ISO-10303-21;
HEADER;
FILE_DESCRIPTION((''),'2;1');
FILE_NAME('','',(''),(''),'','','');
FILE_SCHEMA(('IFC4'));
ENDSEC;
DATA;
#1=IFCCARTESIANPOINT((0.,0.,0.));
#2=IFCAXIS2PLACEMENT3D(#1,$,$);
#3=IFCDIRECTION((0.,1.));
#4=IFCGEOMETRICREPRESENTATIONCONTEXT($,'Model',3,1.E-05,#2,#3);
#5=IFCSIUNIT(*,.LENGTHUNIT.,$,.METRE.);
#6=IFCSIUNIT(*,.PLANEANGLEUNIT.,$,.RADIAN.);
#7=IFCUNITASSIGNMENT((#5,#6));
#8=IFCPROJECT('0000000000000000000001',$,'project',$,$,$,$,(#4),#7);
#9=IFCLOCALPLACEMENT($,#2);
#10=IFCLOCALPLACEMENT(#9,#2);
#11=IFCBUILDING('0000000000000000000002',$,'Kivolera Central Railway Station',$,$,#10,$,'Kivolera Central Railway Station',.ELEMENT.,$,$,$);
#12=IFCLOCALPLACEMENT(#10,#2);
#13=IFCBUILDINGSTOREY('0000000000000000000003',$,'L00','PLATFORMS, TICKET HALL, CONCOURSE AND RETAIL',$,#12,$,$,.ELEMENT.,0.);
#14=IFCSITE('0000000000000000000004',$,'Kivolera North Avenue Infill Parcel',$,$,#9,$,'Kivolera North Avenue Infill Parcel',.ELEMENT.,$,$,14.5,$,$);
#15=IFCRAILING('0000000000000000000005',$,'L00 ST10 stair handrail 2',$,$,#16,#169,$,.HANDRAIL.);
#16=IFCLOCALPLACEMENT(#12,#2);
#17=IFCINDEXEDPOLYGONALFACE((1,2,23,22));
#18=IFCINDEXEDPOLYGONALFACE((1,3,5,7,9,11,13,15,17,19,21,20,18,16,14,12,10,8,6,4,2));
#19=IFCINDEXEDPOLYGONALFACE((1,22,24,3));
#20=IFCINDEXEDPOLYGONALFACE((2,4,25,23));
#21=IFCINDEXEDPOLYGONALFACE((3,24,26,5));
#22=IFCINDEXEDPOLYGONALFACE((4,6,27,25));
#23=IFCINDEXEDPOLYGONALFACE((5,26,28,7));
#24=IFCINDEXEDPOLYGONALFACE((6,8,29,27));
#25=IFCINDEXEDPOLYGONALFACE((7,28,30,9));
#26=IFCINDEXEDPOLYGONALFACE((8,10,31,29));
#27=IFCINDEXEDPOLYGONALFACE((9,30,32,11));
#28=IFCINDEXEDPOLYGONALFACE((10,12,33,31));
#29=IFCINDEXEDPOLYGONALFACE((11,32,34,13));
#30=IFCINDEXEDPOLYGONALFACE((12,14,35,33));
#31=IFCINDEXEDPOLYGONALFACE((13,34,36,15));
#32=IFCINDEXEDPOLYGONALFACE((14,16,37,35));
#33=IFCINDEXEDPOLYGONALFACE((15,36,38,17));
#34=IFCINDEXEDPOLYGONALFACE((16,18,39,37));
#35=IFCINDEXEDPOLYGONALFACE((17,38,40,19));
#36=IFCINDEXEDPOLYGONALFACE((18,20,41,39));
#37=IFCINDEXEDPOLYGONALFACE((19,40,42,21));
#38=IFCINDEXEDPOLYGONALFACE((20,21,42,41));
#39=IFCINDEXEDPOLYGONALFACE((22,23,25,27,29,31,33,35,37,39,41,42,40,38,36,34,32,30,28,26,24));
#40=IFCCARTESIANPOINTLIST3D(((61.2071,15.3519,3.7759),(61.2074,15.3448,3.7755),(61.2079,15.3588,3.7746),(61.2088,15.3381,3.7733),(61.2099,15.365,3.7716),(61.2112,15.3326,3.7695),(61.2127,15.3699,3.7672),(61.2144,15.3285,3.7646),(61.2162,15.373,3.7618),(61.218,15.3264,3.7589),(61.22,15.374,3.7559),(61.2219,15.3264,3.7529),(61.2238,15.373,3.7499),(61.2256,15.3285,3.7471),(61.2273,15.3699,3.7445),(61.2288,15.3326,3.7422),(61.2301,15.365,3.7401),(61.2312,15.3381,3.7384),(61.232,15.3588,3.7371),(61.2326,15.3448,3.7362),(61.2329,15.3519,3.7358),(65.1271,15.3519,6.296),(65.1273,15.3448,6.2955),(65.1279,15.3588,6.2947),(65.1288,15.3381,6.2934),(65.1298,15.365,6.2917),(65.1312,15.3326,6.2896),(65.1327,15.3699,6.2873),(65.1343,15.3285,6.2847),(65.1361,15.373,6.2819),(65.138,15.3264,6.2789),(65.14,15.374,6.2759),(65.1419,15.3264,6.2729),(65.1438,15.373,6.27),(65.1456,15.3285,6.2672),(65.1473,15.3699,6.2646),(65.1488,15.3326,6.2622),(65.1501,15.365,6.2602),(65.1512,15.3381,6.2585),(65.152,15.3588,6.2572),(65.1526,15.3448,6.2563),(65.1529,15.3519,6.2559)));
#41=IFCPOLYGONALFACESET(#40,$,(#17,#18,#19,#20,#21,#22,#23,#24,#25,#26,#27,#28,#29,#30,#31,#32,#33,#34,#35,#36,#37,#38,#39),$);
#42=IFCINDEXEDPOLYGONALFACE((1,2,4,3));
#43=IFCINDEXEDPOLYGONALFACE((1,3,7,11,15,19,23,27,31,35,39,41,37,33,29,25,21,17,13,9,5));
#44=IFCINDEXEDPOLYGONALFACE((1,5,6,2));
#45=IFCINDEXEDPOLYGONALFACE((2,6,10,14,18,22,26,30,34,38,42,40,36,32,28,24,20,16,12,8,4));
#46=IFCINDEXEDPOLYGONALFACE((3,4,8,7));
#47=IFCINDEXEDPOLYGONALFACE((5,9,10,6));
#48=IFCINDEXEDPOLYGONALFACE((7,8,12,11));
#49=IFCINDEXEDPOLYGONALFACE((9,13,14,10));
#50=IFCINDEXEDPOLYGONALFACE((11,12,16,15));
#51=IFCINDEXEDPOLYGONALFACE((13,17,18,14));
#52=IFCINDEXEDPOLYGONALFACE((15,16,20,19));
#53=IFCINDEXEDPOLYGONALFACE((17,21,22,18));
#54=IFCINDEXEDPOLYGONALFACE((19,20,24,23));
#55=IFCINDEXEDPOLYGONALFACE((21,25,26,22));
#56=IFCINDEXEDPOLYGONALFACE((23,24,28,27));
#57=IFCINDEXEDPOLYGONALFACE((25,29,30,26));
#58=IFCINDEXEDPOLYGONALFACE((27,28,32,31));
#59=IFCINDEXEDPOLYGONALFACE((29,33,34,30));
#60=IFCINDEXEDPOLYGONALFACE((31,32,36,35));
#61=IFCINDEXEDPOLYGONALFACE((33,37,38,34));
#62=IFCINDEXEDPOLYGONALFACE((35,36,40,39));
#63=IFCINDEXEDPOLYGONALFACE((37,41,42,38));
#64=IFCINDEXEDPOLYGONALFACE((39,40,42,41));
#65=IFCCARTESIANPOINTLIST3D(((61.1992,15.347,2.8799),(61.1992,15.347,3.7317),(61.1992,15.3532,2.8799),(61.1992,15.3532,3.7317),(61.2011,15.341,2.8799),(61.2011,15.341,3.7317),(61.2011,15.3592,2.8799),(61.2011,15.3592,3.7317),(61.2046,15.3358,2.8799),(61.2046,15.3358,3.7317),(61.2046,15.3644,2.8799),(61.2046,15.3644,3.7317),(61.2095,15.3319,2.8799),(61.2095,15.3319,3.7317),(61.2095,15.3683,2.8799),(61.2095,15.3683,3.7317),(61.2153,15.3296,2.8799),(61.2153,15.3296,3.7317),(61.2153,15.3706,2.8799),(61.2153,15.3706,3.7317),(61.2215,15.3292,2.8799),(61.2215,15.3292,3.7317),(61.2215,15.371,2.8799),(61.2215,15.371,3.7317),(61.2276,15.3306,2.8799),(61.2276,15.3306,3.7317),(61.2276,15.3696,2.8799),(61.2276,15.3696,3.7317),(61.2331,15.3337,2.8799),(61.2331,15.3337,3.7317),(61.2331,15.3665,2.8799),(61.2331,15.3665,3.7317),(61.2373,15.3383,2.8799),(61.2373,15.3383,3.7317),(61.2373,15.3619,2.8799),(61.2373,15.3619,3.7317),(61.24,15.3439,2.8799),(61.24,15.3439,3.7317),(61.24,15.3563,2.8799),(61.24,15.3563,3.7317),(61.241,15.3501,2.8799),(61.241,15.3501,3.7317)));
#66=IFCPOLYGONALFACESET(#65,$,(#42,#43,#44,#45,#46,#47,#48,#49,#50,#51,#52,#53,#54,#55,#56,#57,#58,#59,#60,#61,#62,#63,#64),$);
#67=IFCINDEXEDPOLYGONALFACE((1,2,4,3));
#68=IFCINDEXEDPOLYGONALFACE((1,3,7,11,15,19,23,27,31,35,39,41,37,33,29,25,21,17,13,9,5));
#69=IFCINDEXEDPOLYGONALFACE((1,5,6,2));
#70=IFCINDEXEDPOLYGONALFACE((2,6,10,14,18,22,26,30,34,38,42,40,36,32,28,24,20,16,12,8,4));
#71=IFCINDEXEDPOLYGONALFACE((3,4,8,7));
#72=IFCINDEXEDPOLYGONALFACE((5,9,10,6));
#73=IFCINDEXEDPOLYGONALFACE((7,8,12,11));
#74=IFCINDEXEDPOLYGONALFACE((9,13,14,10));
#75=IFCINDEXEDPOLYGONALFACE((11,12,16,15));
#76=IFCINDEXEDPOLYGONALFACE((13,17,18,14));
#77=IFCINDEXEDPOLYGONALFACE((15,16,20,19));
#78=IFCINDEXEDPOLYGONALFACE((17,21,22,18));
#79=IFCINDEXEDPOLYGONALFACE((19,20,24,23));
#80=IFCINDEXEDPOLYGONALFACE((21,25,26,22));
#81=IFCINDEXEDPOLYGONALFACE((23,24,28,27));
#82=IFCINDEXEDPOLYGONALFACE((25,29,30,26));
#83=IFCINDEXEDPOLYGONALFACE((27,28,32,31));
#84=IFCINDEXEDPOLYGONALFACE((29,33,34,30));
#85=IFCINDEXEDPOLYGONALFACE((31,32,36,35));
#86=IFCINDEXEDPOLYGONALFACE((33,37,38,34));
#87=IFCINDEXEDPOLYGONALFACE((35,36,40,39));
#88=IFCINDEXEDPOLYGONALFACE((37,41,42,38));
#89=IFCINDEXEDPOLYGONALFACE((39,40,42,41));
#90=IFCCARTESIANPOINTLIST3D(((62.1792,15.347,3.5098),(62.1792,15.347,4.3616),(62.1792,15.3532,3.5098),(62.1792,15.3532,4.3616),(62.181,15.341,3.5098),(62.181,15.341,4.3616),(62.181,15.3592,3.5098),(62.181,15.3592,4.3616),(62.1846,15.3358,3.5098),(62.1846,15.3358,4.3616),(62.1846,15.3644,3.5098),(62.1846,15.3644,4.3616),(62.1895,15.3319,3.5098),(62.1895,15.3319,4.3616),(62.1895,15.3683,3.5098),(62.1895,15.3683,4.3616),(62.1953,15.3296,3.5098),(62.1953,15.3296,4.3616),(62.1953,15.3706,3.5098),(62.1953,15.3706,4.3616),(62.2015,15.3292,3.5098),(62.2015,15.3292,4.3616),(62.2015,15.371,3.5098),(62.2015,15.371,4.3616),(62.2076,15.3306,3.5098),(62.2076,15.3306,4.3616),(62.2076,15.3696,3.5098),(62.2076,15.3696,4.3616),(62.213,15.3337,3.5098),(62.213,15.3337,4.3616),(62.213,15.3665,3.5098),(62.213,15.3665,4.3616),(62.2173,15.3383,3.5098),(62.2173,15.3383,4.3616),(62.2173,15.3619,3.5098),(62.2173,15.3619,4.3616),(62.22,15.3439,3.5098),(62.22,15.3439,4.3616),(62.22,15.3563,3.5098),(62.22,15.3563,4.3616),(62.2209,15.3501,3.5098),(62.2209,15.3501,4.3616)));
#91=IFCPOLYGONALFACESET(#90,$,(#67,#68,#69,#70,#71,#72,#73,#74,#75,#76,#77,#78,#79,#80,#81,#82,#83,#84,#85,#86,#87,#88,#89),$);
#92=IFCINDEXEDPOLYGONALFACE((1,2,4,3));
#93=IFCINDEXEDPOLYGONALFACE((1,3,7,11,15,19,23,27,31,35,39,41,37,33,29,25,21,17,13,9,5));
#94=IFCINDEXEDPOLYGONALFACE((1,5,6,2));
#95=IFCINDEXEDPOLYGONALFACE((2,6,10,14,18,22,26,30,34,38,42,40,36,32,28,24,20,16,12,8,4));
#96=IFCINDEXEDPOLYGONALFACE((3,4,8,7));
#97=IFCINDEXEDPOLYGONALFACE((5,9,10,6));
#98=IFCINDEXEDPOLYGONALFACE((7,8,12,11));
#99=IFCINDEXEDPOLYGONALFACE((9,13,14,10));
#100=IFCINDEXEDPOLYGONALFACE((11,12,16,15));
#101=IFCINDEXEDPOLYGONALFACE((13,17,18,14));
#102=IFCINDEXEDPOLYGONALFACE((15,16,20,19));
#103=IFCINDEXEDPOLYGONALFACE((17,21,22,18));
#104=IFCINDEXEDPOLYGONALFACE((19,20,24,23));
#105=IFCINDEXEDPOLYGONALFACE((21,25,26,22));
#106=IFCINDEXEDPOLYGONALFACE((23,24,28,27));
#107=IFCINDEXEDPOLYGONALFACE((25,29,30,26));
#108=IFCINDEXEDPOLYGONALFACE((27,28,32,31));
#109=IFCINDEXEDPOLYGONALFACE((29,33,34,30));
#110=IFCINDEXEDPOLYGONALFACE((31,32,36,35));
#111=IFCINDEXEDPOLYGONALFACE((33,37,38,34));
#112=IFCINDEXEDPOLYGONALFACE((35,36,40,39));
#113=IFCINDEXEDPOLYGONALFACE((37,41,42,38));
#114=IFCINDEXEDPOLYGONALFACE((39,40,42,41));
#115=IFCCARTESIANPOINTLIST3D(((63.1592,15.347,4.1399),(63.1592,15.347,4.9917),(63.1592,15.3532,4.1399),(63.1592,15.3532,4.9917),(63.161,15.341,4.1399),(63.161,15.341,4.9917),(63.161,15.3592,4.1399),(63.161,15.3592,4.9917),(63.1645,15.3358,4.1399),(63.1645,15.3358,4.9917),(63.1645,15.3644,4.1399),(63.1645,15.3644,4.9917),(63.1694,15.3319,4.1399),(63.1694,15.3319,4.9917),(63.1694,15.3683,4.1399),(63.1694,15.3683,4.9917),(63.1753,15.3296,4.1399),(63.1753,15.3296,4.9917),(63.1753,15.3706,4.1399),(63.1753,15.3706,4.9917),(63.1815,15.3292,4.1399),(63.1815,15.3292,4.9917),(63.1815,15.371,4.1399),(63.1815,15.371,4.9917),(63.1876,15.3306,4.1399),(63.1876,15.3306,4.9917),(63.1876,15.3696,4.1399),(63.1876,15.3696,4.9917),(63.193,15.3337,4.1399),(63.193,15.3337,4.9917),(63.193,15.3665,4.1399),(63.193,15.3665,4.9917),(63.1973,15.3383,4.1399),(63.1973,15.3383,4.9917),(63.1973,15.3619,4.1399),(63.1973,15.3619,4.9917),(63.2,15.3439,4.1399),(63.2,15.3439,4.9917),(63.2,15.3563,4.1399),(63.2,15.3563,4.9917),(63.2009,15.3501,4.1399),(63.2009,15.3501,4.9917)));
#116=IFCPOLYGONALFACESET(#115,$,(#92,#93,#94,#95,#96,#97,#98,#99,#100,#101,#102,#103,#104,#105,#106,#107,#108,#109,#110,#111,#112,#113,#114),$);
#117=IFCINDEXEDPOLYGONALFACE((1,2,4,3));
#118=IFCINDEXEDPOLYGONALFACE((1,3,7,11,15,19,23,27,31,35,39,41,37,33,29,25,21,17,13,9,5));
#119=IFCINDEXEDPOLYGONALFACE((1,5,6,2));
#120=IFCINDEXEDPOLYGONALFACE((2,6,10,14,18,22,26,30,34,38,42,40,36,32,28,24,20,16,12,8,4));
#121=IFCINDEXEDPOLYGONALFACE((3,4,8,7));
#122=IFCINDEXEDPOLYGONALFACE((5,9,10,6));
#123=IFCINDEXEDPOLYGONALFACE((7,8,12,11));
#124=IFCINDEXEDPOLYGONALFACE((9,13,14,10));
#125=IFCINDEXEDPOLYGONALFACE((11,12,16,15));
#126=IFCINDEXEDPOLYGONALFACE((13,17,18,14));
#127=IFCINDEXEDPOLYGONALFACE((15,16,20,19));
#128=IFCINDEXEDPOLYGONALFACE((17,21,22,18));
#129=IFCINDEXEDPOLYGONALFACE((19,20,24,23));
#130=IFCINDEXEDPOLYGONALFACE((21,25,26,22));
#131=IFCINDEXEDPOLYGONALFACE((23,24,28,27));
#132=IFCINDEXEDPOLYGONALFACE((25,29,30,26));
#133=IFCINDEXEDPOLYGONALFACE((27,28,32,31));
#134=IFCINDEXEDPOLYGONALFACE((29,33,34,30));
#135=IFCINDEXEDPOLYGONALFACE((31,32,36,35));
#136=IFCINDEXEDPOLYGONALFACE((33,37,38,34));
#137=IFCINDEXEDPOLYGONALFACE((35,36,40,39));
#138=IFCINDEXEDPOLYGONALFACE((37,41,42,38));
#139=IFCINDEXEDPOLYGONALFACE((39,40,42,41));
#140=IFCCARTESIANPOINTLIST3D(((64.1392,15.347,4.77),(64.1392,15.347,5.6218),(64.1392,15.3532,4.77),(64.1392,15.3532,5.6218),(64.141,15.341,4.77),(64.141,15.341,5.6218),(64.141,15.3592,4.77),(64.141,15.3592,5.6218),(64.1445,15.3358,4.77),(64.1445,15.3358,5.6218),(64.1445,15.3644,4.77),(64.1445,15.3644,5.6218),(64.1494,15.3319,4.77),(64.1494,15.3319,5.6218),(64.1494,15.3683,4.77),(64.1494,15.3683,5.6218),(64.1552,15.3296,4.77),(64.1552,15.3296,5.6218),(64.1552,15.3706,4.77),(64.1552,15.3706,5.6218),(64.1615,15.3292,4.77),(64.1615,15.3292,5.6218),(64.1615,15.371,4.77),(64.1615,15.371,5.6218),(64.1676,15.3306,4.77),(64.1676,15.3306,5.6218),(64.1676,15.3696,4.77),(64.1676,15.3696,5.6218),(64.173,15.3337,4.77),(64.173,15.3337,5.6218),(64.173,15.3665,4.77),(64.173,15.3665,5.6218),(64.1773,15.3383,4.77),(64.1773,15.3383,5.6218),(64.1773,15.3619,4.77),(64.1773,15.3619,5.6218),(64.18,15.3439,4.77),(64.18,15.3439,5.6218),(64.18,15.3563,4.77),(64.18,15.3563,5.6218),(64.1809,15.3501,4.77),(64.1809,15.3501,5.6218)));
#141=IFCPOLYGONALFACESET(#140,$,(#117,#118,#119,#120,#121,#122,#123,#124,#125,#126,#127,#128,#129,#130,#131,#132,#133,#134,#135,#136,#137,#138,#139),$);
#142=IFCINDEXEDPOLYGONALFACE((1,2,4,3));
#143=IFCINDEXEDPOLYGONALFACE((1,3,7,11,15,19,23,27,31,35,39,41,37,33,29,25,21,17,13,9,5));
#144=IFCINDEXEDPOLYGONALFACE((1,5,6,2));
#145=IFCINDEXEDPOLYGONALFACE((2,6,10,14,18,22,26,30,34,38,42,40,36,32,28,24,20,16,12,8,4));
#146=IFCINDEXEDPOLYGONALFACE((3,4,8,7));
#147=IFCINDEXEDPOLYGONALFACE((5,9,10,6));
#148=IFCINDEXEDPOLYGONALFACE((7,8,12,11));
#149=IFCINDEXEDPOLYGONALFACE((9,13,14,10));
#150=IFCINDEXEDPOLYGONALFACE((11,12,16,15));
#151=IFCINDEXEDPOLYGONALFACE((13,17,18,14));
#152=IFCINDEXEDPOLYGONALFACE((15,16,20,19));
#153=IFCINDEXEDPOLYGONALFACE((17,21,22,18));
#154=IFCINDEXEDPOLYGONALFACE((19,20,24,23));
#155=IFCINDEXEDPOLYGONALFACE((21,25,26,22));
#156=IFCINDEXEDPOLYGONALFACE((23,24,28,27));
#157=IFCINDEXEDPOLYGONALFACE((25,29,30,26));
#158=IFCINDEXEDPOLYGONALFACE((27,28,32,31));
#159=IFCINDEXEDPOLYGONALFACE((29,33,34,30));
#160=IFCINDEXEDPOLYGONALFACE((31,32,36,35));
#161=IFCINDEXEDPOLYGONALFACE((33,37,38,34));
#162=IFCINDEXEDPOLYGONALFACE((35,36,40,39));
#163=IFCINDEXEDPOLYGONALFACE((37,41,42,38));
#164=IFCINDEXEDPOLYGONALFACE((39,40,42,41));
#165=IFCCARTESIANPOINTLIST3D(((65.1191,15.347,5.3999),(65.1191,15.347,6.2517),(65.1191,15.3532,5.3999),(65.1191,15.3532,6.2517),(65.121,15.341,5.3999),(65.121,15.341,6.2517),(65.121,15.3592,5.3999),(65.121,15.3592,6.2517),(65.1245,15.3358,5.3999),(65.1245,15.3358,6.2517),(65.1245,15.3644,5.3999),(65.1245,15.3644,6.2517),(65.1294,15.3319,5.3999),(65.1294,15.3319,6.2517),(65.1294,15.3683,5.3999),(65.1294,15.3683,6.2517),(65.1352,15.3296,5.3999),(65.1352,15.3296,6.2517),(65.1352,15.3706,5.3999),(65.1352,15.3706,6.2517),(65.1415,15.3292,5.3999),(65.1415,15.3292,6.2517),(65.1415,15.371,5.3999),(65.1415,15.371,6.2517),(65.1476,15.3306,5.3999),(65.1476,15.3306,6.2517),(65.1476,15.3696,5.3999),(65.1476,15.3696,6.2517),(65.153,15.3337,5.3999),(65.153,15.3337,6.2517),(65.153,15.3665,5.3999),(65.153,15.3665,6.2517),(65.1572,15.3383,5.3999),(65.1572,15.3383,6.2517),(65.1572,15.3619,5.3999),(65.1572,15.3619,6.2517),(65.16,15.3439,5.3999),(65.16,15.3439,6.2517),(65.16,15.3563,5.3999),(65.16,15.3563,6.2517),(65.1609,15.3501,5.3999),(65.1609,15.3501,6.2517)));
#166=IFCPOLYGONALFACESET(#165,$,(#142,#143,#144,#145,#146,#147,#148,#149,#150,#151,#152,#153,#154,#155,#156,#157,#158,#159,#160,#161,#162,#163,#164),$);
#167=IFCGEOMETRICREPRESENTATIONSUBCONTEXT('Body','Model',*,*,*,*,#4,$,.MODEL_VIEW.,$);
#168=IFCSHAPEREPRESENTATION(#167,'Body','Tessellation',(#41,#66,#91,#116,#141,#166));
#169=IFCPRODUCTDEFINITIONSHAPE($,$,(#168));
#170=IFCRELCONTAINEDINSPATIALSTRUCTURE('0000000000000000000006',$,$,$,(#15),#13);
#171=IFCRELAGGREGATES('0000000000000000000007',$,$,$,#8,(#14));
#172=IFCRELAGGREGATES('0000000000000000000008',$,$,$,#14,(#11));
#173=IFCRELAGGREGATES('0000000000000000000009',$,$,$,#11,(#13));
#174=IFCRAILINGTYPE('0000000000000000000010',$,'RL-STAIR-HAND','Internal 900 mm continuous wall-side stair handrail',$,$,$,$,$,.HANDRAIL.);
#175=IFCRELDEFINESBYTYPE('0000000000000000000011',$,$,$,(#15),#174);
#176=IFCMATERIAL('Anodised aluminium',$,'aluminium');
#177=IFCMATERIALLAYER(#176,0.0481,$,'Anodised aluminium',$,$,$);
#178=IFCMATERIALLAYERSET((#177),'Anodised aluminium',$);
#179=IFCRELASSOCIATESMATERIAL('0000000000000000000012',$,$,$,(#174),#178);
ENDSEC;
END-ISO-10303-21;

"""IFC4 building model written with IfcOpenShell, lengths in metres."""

from ifc_helpers import new_model, si_unit, direction, frame, origin, origin_2d, place, context, subcontext, project, spatial, circle, extrude, material, layer, layer_set, type_object, element, save


model = new_model("IFC4")

# Units and contexts
model_context = context("Model", 3, precision=1e-05, world=origin(), true_north=direction((0.0, 1.0)))
body_context = subcontext(model_context, "Body", "Model", "MODEL_VIEW")
ifc_project = project(units=[si_unit("LENGTHUNIT", "METRE"), si_unit("PLANEANGLEUNIT", "RADIAN")], contexts=[model_context])

# Site, building, storey
site_placement = place(None, origin())
site = spatial("IfcSite", under=ifc_project, at=site_placement, Name="Kivolera North Avenue Infill Parcel", LongName="Kivolera North Avenue Infill Parcel", CompositionType="ELEMENT", RefElevation=14.5)
building_placement = place(site_placement, origin())
building = spatial("IfcBuilding", under=site, at=building_placement, Name="Kivolera Central Railway Station", LongName="Kivolera Central Railway Station", CompositionType="ELEMENT")
storey_placement = place(building_placement, origin())
storey = spatial("IfcBuildingStorey", under=building, at=storey_placement, Name="L00", Description="PLATFORMS, TICKET HALL, CONCOURSE AND RETAIL", CompositionType="ELEMENT", Elevation=0.0)

# Shared definitions
ifc_material_1 = material(Name="Anodised aluminium", Category="aluminium")

# Railing
ifc_layer_1 = layer(ifc_material_1, 0.0481, Name="Anodised aluminium")
ifc_layer_set_1 = layer_set([ifc_layer_1], Name="Anodised aluminium")
railing_type_1 = type_object("IfcRailingType", Name="RL-STAIR-HAND", Description="Internal 900 mm continuous wall-side stair handrail", PredefinedType="HANDRAIL", material=ifc_layer_set_1)
railing_1_placement = place(storey_placement, frame((61.22, 15.3501, 2.8799)))
element("IfcRailing", 1, at=railing_1_placement, inside=storey, type_object=railing_type_1, Name="L00 ST10 stair handrail 2", PredefinedType="HANDRAIL", context=body_context, shape_type="SweptSolid", body=[
    extrude(circle(Radius=0.0239, at=origin_2d()), frame((0.0, 0.0, 0.876), z_axis=(0.841172, 0.0, 0.540768), x_axis=(0.0, 1.0, 0.0)), (0.0, 0.0, 1.0), 4.6602),
    extrude(circle(Radius=0.021, at=origin_2d()), origin(), (0.0, 0.0, 1.0), 0.8518),
    extrude(circle(Radius=0.021, at=origin_2d()), frame((0.98, 0.0, 0.6299)), (0.0, 0.0, 1.0), 0.8518),
    extrude(circle(Radius=0.021, at=origin_2d()), frame((1.96, 0.0, 1.26)), (0.0, 0.0, 1.0), 0.8518),
    extrude(circle(Radius=0.021, at=origin_2d()), frame((2.9399, 0.0, 1.8901)), (0.0, 0.0, 1.0), 0.8518),
    extrude(circle(Radius=0.021, at=origin_2d()), frame((3.9199, 0.0, 2.52)), (0.0, 0.0, 1.0), 0.8518),
])

save(model, "model.ifc")
